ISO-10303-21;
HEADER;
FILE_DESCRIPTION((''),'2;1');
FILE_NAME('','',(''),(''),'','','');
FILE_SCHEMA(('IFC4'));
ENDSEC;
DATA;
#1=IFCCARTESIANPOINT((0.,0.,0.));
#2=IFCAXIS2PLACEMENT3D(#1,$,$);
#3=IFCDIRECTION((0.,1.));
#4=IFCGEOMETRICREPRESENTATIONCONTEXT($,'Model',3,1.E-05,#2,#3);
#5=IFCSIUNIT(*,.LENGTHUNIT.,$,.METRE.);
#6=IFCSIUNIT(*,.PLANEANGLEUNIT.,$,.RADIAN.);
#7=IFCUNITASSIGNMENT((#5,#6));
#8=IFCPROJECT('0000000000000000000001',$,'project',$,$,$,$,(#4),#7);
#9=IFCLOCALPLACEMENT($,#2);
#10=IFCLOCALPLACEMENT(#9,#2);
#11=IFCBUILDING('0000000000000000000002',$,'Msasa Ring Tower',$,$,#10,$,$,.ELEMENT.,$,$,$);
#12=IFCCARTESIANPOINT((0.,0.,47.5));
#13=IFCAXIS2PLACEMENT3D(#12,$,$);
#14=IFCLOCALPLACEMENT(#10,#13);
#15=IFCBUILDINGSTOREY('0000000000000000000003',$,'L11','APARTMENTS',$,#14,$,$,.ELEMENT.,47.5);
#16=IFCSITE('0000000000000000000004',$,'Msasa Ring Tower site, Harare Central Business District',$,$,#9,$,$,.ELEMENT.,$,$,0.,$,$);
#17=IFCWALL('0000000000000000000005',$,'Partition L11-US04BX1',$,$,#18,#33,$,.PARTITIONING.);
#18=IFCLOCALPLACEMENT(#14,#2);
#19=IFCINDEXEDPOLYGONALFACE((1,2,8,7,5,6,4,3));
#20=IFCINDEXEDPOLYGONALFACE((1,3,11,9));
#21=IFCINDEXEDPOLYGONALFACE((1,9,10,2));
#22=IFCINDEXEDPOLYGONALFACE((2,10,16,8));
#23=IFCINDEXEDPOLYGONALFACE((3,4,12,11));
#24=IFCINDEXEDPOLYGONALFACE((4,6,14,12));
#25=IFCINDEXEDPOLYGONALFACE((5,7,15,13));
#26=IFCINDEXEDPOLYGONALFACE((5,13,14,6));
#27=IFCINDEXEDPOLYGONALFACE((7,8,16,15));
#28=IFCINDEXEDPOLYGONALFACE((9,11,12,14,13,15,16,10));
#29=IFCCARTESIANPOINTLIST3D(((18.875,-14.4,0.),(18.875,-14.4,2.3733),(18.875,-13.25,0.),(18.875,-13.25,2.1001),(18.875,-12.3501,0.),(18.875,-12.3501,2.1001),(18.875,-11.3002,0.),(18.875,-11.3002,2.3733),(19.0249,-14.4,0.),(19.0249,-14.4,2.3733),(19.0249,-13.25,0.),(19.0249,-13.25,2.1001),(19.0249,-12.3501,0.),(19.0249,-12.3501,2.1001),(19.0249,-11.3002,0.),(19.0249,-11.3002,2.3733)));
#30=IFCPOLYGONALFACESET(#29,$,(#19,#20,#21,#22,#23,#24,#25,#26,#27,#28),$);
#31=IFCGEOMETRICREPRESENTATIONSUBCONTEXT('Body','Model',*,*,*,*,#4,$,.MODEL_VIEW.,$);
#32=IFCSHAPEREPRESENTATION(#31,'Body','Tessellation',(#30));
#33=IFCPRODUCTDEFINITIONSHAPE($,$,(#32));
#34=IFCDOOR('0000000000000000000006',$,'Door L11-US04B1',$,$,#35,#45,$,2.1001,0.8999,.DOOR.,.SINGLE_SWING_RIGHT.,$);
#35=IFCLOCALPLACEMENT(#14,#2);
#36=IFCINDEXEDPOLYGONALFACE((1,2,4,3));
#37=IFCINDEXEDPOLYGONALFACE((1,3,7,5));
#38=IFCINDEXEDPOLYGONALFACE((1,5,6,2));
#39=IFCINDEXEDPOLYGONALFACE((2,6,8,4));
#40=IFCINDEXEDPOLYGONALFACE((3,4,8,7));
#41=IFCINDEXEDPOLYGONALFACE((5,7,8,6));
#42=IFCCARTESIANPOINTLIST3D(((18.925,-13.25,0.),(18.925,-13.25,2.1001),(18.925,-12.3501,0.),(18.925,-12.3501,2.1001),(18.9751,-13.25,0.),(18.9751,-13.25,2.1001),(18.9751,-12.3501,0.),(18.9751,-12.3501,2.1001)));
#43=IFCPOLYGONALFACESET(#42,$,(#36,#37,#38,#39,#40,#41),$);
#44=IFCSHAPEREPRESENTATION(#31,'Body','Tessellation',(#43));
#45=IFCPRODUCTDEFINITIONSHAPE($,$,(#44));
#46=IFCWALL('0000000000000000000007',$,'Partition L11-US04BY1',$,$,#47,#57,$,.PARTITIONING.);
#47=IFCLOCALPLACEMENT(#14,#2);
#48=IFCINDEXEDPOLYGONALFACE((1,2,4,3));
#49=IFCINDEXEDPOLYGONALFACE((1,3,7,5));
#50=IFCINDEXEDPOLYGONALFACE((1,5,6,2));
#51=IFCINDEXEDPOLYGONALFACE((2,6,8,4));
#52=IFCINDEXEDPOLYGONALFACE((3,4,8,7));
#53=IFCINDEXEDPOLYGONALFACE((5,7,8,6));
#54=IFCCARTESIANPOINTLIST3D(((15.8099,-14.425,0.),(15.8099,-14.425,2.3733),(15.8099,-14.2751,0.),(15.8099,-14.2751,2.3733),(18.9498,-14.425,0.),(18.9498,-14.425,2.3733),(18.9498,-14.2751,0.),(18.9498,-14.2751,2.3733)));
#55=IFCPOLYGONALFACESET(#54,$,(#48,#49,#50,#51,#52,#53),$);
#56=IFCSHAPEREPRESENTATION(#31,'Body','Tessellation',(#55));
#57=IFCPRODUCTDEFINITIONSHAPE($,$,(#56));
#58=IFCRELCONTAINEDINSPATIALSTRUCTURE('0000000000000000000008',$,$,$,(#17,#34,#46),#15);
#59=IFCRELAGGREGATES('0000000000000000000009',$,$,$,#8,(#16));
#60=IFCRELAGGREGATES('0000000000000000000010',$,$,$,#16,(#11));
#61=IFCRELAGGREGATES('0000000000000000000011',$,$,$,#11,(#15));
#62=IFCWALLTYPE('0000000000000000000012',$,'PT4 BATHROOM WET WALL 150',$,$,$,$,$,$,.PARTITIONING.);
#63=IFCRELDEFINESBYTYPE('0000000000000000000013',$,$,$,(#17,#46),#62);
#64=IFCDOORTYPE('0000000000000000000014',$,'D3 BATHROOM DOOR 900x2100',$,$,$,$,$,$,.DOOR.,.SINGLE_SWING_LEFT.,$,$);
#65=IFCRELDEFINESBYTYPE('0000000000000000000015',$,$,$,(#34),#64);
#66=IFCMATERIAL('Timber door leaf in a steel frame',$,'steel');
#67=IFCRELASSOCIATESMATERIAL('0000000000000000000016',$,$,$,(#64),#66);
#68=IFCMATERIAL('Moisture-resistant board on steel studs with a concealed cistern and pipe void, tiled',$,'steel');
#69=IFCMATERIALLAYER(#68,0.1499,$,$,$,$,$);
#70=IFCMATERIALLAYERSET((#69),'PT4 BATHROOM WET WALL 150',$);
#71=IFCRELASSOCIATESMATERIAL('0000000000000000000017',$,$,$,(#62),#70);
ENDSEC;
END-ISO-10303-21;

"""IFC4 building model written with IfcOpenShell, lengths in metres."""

from ifc_helpers import new_model, si_unit, direction, frame, frame_2d, origin, place, context, subcontext, project, spatial, rectangle, extrude, material, layer, layer_set, type_object, element, fill, save


model = new_model("IFC4")

# Units and contexts
model_context = context("Model", 3, precision=1e-05, world=origin(), true_north=direction((0.0, 1.0)))
body_context = subcontext(model_context, "Body", "Model", "MODEL_VIEW")
ifc_project = project(units=[si_unit("LENGTHUNIT", "METRE"), si_unit("PLANEANGLEUNIT", "RADIAN")], contexts=[model_context])

# Site, building, storey
site_placement = place(None, origin())
site = spatial("IfcSite", under=ifc_project, at=site_placement, Name="Msasa Ring Tower site, Harare Central Business District", CompositionType="ELEMENT", RefElevation=0.0)
building_placement = place(site_placement, origin())
building = spatial("IfcBuilding", under=site, at=building_placement, Name="Msasa Ring Tower", CompositionType="ELEMENT")
storey_placement = place(building_placement, frame((0.0, 0.0, 47.5)))
storey = spatial("IfcBuildingStorey", under=building, at=storey_placement, Name="L11", Description="APARTMENTS", CompositionType="ELEMENT", Elevation=47.5)

# Shared definitions
ifc_material_1 = material(Name="Timber door leaf in a steel frame", Category="steel")
door_type_1 = type_object("IfcDoorType", Name="D3 BATHROOM DOOR 900x2100", OperationType="SINGLE_SWING_LEFT", PredefinedType="DOOR", material=ifc_material_1)

# Wall, opening, door
ifc_material_2 = material(Name="Moisture-resistant board on steel studs with a concealed cistern and pipe void, tiled", Category="steel")
ifc_layer_1 = layer(ifc_material_2, 0.1499)
ifc_layer_set_1 = layer_set([ifc_layer_1], Name="PT4 BATHROOM WET WALL 150")
wall_type_1 = type_object("IfcWallType", Name="PT4 BATHROOM WET WALL 150", PredefinedType="PARTITIONING", material=ifc_layer_set_1)
wall_1_placement = place(storey_placement, frame((18.95, -14.3999, 0.0), z_axis=(0.0, 0.0, 1.0), x_axis=(0.0, 1.0, 0.0)))
wall_1 = element("IfcWall", 1, at=wall_1_placement, inside=storey, type_object=wall_type_1, Name="Partition L11-US04BX1", PredefinedType="PARTITIONING", context=body_context, shape_type="SweptSolid", body=[
    extrude(rectangle(XDim=3.0999, YDim=0.1499, at=frame_2d((1.5498, 0.0))), origin(), (0.0, 0.0, 1.0), 2.3733),
])
opening_1_placement = place(wall_1_placement, frame((1.1499, 0.0, 0.0)))
opening_1 = element("IfcOpeningElement", 2, at=opening_1_placement, cuts=wall_1, PredefinedType="OPENING", context=body_context, shape_type="SweptSolid", body=[
    extrude(rectangle(XDim=0.8999, YDim=2.1001, at=frame_2d((0.45, 1.05))), frame((0.0, 0.085, 0.0), z_axis=(0.0, -1.0, 0.0), x_axis=(1.0, 0.0, 0.0)), (0.0, 0.0, 1.0), 0.1699),
])
door_1_placement = place(opening_1_placement, origin())
door_1 = element("IfcDoor", 3, at=door_1_placement, inside=storey, type_object=door_type_1, Name="Door L11-US04B1", OperationType="SINGLE_SWING_RIGHT", OverallHeight=2.1001, OverallWidth=0.8999, PredefinedType="DOOR", context=body_context, shape_type="SweptSolid", body=[
    extrude(rectangle(XDim=0.8999, YDim=2.1001, at=frame_2d((0.45, 1.05))), frame((0.0, 0.0249, 0.0), z_axis=(0.0, -1.0, 0.0), x_axis=(1.0, 0.0, 0.0)), (0.0, 0.0, 1.0), 0.05),
])
fill(opening_1, door_1)

# Wall
wall_2_placement = place(storey_placement, frame((15.8101, -14.3501, 0.0), z_axis=(0.0, 0.0, 1.0), x_axis=(1.0, 0.0, 0.0)))
element("IfcWall", 4, at=wall_2_placement, inside=storey, type_object=wall_type_1, Name="Partition L11-US04BY1", PredefinedType="PARTITIONING", context=body_context, shape_type="SweptSolid", body=[
    extrude(rectangle(XDim=3.1399, YDim=0.1499, at=frame_2d((1.5698, 0.0))), origin(), (0.0, 0.0, 1.0), 2.3733),
])

save(model, "model.ifc")
